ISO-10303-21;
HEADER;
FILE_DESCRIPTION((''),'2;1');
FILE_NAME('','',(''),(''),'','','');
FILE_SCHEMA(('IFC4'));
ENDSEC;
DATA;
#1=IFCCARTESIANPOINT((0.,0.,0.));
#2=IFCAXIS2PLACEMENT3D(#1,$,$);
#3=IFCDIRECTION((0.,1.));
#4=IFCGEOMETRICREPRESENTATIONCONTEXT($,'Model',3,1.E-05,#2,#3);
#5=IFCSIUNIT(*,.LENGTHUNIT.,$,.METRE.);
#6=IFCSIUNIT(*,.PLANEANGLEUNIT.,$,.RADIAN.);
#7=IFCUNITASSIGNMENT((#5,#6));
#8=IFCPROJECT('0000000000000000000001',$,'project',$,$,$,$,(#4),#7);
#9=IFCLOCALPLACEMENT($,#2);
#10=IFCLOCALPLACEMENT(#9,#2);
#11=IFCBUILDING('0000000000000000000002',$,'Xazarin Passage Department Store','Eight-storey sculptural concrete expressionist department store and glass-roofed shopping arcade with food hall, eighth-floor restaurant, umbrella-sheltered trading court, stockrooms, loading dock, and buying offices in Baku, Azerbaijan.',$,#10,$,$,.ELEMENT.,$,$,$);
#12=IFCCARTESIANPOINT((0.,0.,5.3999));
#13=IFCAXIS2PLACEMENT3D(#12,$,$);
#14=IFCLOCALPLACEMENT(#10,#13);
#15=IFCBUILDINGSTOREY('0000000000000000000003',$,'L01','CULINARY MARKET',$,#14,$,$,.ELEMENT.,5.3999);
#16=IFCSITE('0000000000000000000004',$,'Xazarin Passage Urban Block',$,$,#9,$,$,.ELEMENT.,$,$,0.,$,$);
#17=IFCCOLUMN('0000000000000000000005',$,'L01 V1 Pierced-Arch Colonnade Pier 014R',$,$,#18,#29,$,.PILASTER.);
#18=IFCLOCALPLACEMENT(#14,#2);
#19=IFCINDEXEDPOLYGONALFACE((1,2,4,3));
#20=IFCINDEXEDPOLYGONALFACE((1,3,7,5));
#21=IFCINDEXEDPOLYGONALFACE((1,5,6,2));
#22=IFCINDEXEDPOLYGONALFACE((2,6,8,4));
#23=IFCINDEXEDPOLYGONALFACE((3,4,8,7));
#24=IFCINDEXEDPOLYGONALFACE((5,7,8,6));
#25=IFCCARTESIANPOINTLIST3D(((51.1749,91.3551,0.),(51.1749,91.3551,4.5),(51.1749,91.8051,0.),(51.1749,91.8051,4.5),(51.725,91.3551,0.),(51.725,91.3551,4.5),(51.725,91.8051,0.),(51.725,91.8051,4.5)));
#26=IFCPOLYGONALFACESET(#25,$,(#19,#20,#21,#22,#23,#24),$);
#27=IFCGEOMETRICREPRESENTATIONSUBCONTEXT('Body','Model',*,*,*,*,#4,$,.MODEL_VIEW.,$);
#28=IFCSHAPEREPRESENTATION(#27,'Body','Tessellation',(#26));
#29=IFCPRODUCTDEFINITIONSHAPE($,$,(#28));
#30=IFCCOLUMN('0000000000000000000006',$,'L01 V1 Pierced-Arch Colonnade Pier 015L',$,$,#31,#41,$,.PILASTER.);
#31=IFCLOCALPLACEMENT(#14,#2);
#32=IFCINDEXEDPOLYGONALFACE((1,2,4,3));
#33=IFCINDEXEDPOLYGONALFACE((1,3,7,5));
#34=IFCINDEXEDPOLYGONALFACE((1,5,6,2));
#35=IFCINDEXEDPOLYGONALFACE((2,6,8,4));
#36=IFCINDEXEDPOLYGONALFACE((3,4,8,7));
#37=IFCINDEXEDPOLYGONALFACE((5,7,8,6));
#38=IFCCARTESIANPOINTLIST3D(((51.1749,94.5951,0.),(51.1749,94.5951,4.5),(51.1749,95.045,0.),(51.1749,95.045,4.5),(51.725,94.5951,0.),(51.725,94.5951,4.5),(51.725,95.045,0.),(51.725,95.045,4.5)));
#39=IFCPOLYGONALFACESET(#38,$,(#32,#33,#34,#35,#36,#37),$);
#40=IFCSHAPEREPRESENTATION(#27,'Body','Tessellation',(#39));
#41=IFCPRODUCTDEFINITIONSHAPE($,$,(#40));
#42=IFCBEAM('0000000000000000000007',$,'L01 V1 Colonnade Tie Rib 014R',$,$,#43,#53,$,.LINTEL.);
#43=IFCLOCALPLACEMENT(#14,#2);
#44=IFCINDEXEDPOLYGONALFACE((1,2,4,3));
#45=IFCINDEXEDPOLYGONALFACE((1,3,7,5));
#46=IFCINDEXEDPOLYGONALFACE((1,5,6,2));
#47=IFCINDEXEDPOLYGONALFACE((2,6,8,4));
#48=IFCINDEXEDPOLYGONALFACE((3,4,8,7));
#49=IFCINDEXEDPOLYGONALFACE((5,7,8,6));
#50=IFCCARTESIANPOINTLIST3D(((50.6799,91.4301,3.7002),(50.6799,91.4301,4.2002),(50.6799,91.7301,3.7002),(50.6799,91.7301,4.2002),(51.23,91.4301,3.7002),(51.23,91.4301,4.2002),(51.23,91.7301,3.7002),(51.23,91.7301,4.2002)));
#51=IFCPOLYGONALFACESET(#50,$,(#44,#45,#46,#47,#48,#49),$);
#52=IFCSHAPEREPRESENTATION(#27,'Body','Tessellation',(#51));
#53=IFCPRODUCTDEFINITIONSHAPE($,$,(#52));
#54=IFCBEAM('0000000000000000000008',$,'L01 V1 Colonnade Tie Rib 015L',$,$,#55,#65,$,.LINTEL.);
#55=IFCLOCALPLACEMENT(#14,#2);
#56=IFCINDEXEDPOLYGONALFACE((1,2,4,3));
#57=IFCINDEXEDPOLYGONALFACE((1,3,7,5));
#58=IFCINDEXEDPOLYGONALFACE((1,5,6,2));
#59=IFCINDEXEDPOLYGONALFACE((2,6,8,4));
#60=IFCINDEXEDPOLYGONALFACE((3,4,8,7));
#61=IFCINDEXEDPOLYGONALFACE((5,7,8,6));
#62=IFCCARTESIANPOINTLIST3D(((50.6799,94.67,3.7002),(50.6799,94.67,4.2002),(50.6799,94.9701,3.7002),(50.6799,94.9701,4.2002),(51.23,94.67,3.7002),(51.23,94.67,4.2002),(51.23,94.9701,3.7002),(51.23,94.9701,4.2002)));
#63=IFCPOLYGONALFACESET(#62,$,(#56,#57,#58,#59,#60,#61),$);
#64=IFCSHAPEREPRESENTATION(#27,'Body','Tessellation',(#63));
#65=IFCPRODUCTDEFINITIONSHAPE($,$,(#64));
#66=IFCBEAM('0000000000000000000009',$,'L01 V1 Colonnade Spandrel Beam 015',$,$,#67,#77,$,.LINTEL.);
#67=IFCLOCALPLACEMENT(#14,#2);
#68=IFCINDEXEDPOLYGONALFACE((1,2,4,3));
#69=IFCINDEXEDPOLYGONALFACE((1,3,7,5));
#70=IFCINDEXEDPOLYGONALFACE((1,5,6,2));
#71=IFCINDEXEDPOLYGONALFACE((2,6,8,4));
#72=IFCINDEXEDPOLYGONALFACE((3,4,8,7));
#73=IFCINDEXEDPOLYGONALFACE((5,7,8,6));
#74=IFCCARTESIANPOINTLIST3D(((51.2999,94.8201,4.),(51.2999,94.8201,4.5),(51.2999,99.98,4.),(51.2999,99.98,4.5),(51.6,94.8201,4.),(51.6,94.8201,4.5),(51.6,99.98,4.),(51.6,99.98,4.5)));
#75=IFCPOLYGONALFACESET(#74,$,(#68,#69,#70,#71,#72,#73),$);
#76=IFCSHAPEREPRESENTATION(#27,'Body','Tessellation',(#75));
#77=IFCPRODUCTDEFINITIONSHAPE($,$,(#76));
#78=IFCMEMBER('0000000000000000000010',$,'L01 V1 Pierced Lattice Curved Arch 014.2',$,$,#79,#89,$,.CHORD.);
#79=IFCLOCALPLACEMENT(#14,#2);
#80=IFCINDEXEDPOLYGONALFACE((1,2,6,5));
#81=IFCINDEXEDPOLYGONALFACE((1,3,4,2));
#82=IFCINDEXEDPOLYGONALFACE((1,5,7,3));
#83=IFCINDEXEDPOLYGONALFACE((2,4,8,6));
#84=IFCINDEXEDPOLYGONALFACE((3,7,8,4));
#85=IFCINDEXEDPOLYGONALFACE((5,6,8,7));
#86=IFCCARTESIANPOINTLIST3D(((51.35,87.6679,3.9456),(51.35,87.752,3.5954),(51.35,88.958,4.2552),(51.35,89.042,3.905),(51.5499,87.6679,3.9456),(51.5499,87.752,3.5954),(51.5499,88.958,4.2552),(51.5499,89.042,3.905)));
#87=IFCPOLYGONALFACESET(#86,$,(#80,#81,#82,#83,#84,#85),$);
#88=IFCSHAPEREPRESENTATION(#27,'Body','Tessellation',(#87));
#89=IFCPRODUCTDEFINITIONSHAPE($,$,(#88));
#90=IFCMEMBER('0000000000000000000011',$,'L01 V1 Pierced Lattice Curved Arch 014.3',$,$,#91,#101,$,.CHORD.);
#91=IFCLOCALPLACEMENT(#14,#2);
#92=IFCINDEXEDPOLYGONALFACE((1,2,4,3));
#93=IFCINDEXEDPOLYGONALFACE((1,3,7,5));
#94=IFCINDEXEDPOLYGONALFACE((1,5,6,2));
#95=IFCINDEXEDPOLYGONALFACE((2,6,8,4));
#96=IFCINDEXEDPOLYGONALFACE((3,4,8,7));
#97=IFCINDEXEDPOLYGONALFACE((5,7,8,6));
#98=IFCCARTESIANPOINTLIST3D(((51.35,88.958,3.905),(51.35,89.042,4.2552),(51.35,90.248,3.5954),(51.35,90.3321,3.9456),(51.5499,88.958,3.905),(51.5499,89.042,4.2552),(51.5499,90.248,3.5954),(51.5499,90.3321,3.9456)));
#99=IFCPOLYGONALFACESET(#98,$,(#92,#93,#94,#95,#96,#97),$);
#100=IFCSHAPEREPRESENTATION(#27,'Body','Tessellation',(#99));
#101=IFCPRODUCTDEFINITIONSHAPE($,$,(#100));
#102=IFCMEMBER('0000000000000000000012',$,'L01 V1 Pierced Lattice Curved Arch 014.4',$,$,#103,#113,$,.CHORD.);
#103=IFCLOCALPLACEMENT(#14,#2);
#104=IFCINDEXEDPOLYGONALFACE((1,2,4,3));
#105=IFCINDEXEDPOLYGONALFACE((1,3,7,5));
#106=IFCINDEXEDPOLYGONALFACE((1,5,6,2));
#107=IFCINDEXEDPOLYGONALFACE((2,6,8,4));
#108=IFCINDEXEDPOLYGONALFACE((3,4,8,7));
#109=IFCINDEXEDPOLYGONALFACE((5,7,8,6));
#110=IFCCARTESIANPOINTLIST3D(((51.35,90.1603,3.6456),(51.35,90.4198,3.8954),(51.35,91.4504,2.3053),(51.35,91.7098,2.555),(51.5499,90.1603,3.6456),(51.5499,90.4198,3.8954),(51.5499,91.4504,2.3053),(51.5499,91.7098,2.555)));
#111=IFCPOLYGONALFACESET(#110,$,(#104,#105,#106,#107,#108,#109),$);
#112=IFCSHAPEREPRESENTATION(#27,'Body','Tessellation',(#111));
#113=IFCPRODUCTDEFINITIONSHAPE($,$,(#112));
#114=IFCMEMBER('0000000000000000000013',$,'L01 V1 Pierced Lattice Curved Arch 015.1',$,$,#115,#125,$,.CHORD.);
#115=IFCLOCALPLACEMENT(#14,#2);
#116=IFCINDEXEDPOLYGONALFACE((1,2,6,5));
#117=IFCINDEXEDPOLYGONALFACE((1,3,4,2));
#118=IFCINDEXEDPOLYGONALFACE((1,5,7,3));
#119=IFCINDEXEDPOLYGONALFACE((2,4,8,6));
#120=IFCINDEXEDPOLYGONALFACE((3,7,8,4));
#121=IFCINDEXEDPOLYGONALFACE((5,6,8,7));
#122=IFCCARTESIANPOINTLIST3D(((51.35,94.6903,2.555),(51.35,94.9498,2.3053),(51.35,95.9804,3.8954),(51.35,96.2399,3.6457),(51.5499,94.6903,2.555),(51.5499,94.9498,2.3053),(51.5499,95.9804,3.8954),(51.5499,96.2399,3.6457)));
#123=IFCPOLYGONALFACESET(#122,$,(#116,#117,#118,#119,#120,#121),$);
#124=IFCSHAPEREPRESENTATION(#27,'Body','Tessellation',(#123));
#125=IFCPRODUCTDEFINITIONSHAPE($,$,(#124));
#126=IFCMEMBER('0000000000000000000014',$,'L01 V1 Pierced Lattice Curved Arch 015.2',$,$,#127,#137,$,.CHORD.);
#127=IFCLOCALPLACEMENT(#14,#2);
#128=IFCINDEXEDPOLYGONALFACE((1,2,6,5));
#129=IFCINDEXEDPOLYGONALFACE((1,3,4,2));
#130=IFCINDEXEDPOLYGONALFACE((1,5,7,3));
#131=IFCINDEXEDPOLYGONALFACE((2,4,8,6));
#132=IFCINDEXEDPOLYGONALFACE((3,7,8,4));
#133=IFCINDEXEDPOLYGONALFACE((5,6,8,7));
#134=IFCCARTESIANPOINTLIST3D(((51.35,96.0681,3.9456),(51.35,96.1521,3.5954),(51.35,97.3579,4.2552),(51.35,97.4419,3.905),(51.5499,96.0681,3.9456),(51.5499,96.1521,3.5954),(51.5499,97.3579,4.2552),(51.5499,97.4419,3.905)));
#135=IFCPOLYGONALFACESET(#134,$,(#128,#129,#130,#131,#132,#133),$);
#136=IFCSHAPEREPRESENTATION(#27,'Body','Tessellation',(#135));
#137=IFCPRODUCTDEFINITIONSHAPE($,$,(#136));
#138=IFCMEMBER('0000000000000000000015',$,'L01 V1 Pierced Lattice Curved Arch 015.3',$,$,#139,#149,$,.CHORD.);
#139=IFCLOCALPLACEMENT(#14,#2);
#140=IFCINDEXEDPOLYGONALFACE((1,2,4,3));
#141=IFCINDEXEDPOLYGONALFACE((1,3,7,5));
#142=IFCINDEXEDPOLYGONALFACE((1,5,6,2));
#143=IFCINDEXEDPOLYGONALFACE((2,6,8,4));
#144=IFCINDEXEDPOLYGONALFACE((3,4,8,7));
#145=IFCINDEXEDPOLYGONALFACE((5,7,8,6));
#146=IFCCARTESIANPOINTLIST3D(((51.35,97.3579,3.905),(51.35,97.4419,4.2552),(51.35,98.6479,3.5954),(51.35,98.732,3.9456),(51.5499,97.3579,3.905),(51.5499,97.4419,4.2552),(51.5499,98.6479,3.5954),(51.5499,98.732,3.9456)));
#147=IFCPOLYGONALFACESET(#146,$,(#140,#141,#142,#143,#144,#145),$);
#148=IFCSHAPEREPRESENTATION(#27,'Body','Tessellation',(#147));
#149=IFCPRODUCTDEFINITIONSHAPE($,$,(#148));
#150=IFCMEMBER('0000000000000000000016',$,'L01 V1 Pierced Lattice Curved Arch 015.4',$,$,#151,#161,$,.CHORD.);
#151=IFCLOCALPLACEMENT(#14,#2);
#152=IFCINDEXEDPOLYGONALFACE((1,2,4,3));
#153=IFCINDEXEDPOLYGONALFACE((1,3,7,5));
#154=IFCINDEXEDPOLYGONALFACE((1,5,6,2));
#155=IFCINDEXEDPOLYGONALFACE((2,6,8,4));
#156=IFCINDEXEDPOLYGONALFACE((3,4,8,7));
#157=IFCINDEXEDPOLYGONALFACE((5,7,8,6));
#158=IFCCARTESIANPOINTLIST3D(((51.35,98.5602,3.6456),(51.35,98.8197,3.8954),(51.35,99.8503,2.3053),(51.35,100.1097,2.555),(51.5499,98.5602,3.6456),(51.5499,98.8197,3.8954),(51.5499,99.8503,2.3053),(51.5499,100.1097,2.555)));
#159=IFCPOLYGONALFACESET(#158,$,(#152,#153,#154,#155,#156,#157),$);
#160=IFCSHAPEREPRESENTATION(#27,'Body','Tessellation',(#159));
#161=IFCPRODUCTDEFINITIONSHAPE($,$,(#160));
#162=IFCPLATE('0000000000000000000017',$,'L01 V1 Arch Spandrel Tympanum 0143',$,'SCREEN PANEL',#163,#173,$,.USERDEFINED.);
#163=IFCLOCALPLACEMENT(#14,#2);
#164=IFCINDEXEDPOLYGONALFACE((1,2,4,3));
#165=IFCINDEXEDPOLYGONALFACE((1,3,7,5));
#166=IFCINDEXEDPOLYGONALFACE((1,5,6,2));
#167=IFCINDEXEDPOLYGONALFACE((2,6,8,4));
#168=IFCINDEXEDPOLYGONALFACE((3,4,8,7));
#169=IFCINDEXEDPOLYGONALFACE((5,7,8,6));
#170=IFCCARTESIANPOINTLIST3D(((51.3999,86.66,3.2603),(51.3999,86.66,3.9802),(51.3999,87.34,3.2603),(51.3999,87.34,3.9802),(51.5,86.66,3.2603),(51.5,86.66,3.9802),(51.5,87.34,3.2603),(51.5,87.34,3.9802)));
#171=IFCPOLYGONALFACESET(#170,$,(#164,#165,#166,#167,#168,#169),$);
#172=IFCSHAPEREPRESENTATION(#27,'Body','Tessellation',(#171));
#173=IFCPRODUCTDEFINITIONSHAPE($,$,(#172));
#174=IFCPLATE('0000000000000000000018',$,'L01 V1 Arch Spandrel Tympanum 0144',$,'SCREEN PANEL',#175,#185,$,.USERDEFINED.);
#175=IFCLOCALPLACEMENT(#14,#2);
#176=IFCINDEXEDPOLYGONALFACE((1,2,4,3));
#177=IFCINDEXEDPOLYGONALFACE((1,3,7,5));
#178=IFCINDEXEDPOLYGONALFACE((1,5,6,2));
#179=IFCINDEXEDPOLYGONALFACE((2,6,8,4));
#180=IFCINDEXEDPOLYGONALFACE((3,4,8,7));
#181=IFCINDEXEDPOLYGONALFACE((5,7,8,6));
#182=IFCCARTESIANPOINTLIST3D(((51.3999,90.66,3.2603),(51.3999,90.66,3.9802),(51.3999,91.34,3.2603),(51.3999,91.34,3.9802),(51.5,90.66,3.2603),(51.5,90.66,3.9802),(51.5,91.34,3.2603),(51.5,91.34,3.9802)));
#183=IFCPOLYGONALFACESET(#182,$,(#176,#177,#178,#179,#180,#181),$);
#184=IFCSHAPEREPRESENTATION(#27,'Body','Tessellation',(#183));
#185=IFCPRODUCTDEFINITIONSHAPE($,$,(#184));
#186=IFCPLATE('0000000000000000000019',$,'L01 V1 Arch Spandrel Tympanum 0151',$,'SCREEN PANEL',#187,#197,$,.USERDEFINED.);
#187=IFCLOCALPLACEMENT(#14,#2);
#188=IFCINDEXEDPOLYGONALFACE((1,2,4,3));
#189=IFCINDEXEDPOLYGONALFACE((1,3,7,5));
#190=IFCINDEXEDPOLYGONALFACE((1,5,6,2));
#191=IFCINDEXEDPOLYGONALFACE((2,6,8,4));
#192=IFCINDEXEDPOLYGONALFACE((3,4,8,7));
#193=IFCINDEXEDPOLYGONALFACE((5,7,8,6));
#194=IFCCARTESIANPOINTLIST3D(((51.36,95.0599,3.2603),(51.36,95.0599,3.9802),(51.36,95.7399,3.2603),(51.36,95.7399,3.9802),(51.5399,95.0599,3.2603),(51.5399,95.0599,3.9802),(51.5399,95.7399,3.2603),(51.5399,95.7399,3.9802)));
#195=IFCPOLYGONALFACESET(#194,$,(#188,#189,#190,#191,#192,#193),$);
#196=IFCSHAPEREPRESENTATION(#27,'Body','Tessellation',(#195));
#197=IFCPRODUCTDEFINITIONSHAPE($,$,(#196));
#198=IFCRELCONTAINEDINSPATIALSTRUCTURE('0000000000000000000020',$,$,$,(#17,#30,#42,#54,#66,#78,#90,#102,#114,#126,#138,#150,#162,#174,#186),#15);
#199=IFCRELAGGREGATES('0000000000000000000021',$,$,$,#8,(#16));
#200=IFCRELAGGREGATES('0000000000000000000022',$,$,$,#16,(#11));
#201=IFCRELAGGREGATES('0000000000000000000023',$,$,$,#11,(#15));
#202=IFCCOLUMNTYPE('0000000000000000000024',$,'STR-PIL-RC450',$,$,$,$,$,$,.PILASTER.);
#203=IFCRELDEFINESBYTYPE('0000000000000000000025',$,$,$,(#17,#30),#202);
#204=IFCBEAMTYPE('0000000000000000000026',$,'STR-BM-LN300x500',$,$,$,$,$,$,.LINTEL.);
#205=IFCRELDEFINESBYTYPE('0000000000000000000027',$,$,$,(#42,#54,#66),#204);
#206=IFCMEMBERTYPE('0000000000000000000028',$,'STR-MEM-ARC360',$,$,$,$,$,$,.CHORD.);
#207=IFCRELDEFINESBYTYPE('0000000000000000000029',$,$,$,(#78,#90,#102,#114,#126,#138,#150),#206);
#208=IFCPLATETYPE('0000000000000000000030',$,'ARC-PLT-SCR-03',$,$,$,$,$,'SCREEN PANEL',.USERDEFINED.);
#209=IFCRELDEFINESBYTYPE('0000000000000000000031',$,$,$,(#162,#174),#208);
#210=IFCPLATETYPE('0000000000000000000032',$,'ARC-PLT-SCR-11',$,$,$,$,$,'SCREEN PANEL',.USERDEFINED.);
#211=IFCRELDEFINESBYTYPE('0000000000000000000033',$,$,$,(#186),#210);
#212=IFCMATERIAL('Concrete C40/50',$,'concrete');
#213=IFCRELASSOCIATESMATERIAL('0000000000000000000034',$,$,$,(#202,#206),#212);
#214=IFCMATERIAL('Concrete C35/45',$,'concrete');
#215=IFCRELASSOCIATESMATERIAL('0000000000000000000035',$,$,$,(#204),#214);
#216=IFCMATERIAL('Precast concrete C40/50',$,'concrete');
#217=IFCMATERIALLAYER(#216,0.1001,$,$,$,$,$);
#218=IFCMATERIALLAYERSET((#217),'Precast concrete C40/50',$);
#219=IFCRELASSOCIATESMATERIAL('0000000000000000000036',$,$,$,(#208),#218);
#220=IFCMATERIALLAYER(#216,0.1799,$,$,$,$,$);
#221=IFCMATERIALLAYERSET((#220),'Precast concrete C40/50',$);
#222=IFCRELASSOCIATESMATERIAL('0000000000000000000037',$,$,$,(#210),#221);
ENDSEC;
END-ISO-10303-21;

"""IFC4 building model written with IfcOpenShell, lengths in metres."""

from ifc_helpers import new_model, si_unit, direction, frame, origin, origin_2d, place, context, subcontext, project, spatial, rectangle, extrude, material, layer, layer_set, material_profile, profile_set, type_object, element, save


model = new_model("IFC4")

# Units and contexts
model_context = context("Model", 3, precision=1e-05, world=origin(), true_north=direction((0.0, 1.0)))
body_context = subcontext(model_context, "Body", "Model", "MODEL_VIEW")
ifc_project = project(units=[si_unit("LENGTHUNIT", "METRE"), si_unit("PLANEANGLEUNIT", "RADIAN")], contexts=[model_context])

# Site, building, storey
site_placement = place(None, origin())
site = spatial("IfcSite", under=ifc_project, at=site_placement, Name="Xazarin Passage Urban Block", CompositionType="ELEMENT", RefElevation=0.0)
building_placement = place(site_placement, origin())
building = spatial("IfcBuilding", under=site, at=building_placement, Name="Xazarin Passage Department Store", Description="Eight-storey sculptural concrete expressionist department store and glass-roofed shopping arcade with food hall, eighth-floor restaurant, umbrella-sheltered trading court, stockrooms, loading dock, and buying offices in Baku, Azerbaijan.", CompositionType="ELEMENT")
storey_placement = place(building_placement, frame((0.0, 0.0, 5.3999)))
storey = spatial("IfcBuildingStorey", under=building, at=storey_placement, Name="L01", Description="CULINARY MARKET", CompositionType="ELEMENT", Elevation=5.3999)

# Columns
ifc_material_1 = material(Name="Concrete C40/50", Category="concrete")
ifc_material_profile_1 = material_profile(ifc_material_1, rectangle(XDim=0.45, YDim=0.55, at=origin_2d()), Name="RC 450x550")
ifc_profile_set_1 = profile_set([ifc_material_profile_1], Name="Concrete C40/50")
column_type = type_object("IfcColumnType", Name="STR-PIL-RC450", PredefinedType="PILASTER", material=ifc_profile_set_1)
for number, where, z_axis, x_axis, name in (
    (1, (51.45, 91.5801, 0.0), (0.0, 0.0, 1.0), (0.0, 1.0, 0.0), "L01 V1 Pierced-Arch Colonnade Pier 014R"),
    (2, (51.45, 94.8201, 0.0), (0.0, 0.0, 1.0), (0.0, 1.0, 0.0), "L01 V1 Pierced-Arch Colonnade Pier 015L"),
):
    element("IfcColumn", number, at=place(storey_placement, frame(where, z_axis=z_axis, x_axis=x_axis)), inside=storey, type_object=column_type, Name=name, PredefinedType="PILASTER", context=body_context, shape_type="SweptSolid", body=[
        extrude(rectangle(XDim=0.45, YDim=0.55, at=origin_2d()), origin(), (0.0, 0.0, 1.0), 4.5),
    ])

# Beams
ifc_material_2 = material(Name="Concrete C35/45", Category="concrete")
ifc_material_profile_2 = material_profile(ifc_material_2, rectangle(XDim=0.3, YDim=0.5, at=origin_2d()), Name="RC 300x500")
ifc_profile_set_2 = profile_set([ifc_material_profile_2], Name="Concrete C35/45")
beam_type = type_object("IfcBeamType", Name="STR-BM-LN300x500", PredefinedType="LINTEL", material=ifc_profile_set_2)
for number, where, z_axis, x_axis, name in (
    (3, (50.6799, 91.5801, 3.9502), (1.0, 0.0, 0.0), (0.0, 1.0, 0.0), "L01 V1 Colonnade Tie Rib 014R"),
    (4, (50.6799, 94.8201, 3.9502), (1.0, 0.0, 0.0), (0.0, 1.0, 0.0), "L01 V1 Colonnade Tie Rib 015L"),
):
    element("IfcBeam", number, at=place(storey_placement, frame(where, z_axis=z_axis, x_axis=x_axis)), inside=storey, type_object=beam_type, Name=name, PredefinedType="LINTEL", context=body_context, shape_type="SweptSolid", body=[
        extrude(rectangle(XDim=0.3, YDim=0.5, at=origin_2d()), origin(), (0.0, 0.0, 1.0), 0.55),
    ])
beam_placement = place(storey_placement, frame((51.45, 94.8201, 4.25), z_axis=(0.0, 1.0, 0.0), x_axis=(-1.0, 0.0, 0.0)))
element("IfcBeam", 5, at=beam_placement, inside=storey, type_object=beam_type, Name="L01 V1 Colonnade Spandrel Beam 015", PredefinedType="LINTEL", context=body_context, shape_type="SweptSolid", body=[
    extrude(rectangle(XDim=0.3, YDim=0.5, at=origin_2d()), origin(), (0.0, 0.0, 1.0), 5.1599),
])

# Members
ifc_material_profile_3 = material_profile(ifc_material_1, rectangle(XDim=0.2, YDim=0.3601, at=origin_2d()), Name="RC 200x360")
ifc_profile_set_3 = profile_set([ifc_material_profile_3], Name="Concrete C40/50")
member_type = type_object("IfcMemberType", Name="STR-MEM-ARC360", PredefinedType="CHORD", material=ifc_profile_set_3)
for number, where, z_axis, x_axis, name in (
    (6, (51.45, 87.71, 3.7705), (0.0, 0.972394, 0.233345), (-1.0, 0.0, 0.0), "L01 V1 Pierced Lattice Curved Arch 014.2"),
    (7, (51.45, 89.0, 4.0801), (0.0, 0.972394, -0.233345), (-1.0, 0.0, 0.0), "L01 V1 Pierced Lattice Curved Arch 014.3"),
):
    element("IfcMember", number, at=place(storey_placement, frame(where, z_axis=z_axis, x_axis=x_axis)), inside=storey, type_object=member_type, Name=name, PredefinedType="CHORD", context=body_context, shape_type="SweptSolid", body=[
        extrude(rectangle(XDim=0.2, YDim=0.3601, at=origin_2d()), origin(), (0.0, 0.0, 1.0), 1.3267),
    ])
for number, where, z_axis, x_axis, name in (
    (8, (51.45, 90.29, 3.7705), (0.0, 0.69346, -0.720495), (-1.0, 0.0, 0.0), "L01 V1 Pierced Lattice Curved Arch 014.4"),
    (9, (51.45, 94.8201, 2.4302), (0.0, 0.69346, 0.720495), (-1.0, 0.0, 0.0), "L01 V1 Pierced Lattice Curved Arch 015.1"),
):
    element("IfcMember", number, at=place(storey_placement, frame(where, z_axis=z_axis, x_axis=x_axis)), inside=storey, type_object=member_type, Name=name, PredefinedType="CHORD", context=body_context, shape_type="SweptSolid", body=[
        extrude(rectangle(XDim=0.2, YDim=0.3601, at=origin_2d()), origin(), (0.0, 0.0, 1.0), 1.8604),
    ])
member_1_placement = place(storey_placement, frame((51.45, 96.1101, 3.7705), z_axis=(0.0, 0.972384, 0.233387), x_axis=(-1.0, 0.0, 0.0)))
element("IfcMember", 10, at=member_1_placement, inside=storey, type_object=member_type, Name="L01 V1 Pierced Lattice Curved Arch 015.2", PredefinedType="CHORD", context=body_context, shape_type="SweptSolid", body=[
    extrude(rectangle(XDim=0.2, YDim=0.3601, at=origin_2d()), origin(), (0.0, 0.0, 1.0), 1.3264),
])
member_2_placement = place(storey_placement, frame((51.45, 97.3999, 4.0801), z_axis=(0.0, 0.972394, -0.233345), x_axis=(-1.0, 0.0, 0.0)))
element("IfcMember", 11, at=member_2_placement, inside=storey, type_object=member_type, Name="L01 V1 Pierced Lattice Curved Arch 015.3", PredefinedType="CHORD", context=body_context, shape_type="SweptSolid", body=[
    extrude(rectangle(XDim=0.2, YDim=0.3601, at=origin_2d()), origin(), (0.0, 0.0, 1.0), 1.3267),
])
member_3_placement = place(storey_placement, frame((51.45, 98.6899, 3.7705), z_axis=(0.0, 0.69346, -0.720495), x_axis=(-1.0, 0.0, 0.0)))
element("IfcMember", 12, at=member_3_placement, inside=storey, type_object=member_type, Name="L01 V1 Pierced Lattice Curved Arch 015.4", PredefinedType="CHORD", context=body_context, shape_type="SweptSolid", body=[
    extrude(rectangle(XDim=0.2, YDim=0.3601, at=origin_2d()), origin(), (0.0, 0.0, 1.0), 1.8604),
])

# Plates
ifc_material_3 = material(Name="Precast concrete C40/50", Category="concrete")
ifc_layer_1 = layer(ifc_material_3, 0.1001)
ifc_layer_set_1 = layer_set([ifc_layer_1], Name="Precast concrete C40/50")
plate_type_1 = type_object("IfcPlateType", Name="ARC-PLT-SCR-03", ElementType="SCREEN PANEL", PredefinedType="USERDEFINED", material=ifc_layer_set_1)
for number, where, z_axis, x_axis, name in (
    (13, (51.45, 87.0, 3.2603), (0.0, 0.0, 1.0), (0.0, 1.0, 0.0), "L01 V1 Arch Spandrel Tympanum 0143"),
    (14, (51.45, 91.0, 3.2603), (0.0, 0.0, 1.0), (0.0, 1.0, 0.0), "L01 V1 Arch Spandrel Tympanum 0144"),
):
    element("IfcPlate", number, at=place(storey_placement, frame(where, z_axis=z_axis, x_axis=x_axis)), inside=storey, type_object=plate_type_1, Name=name, ObjectType="SCREEN PANEL", PredefinedType="USERDEFINED", context=body_context, shape_type="SweptSolid", body=[
        extrude(rectangle(XDim=0.6799, YDim=0.1001, at=origin_2d()), origin(), (0.0, 0.0, 1.0), 0.72),
    ])
ifc_layer_2 = layer(ifc_material_3, 0.1799)
ifc_layer_set_2 = layer_set([ifc_layer_2], Name="Precast concrete C40/50")
plate_type_2 = type_object("IfcPlateType", Name="ARC-PLT-SCR-11", ElementType="SCREEN PANEL", PredefinedType="USERDEFINED", material=ifc_layer_set_2)
for number, where, z_axis, x_axis, name in (
    (15, (51.45, 95.3999, 3.2603), (0.0, 0.0, 1.0), (0.0, 1.0, 0.0), "L01 V1 Arch Spandrel Tympanum 0151"),
):
    element("IfcPlate", number, at=place(storey_placement, frame(where, z_axis=z_axis, x_axis=x_axis)), inside=storey, type_object=plate_type_2, Name=name, ObjectType="SCREEN PANEL", PredefinedType="USERDEFINED", context=body_context, shape_type="SweptSolid", body=[
        extrude(rectangle(XDim=0.6799, YDim=0.1799, at=origin_2d()), origin(), (0.0, 0.0, 1.0), 0.72),
    ])

save(model, "model.ifc")
